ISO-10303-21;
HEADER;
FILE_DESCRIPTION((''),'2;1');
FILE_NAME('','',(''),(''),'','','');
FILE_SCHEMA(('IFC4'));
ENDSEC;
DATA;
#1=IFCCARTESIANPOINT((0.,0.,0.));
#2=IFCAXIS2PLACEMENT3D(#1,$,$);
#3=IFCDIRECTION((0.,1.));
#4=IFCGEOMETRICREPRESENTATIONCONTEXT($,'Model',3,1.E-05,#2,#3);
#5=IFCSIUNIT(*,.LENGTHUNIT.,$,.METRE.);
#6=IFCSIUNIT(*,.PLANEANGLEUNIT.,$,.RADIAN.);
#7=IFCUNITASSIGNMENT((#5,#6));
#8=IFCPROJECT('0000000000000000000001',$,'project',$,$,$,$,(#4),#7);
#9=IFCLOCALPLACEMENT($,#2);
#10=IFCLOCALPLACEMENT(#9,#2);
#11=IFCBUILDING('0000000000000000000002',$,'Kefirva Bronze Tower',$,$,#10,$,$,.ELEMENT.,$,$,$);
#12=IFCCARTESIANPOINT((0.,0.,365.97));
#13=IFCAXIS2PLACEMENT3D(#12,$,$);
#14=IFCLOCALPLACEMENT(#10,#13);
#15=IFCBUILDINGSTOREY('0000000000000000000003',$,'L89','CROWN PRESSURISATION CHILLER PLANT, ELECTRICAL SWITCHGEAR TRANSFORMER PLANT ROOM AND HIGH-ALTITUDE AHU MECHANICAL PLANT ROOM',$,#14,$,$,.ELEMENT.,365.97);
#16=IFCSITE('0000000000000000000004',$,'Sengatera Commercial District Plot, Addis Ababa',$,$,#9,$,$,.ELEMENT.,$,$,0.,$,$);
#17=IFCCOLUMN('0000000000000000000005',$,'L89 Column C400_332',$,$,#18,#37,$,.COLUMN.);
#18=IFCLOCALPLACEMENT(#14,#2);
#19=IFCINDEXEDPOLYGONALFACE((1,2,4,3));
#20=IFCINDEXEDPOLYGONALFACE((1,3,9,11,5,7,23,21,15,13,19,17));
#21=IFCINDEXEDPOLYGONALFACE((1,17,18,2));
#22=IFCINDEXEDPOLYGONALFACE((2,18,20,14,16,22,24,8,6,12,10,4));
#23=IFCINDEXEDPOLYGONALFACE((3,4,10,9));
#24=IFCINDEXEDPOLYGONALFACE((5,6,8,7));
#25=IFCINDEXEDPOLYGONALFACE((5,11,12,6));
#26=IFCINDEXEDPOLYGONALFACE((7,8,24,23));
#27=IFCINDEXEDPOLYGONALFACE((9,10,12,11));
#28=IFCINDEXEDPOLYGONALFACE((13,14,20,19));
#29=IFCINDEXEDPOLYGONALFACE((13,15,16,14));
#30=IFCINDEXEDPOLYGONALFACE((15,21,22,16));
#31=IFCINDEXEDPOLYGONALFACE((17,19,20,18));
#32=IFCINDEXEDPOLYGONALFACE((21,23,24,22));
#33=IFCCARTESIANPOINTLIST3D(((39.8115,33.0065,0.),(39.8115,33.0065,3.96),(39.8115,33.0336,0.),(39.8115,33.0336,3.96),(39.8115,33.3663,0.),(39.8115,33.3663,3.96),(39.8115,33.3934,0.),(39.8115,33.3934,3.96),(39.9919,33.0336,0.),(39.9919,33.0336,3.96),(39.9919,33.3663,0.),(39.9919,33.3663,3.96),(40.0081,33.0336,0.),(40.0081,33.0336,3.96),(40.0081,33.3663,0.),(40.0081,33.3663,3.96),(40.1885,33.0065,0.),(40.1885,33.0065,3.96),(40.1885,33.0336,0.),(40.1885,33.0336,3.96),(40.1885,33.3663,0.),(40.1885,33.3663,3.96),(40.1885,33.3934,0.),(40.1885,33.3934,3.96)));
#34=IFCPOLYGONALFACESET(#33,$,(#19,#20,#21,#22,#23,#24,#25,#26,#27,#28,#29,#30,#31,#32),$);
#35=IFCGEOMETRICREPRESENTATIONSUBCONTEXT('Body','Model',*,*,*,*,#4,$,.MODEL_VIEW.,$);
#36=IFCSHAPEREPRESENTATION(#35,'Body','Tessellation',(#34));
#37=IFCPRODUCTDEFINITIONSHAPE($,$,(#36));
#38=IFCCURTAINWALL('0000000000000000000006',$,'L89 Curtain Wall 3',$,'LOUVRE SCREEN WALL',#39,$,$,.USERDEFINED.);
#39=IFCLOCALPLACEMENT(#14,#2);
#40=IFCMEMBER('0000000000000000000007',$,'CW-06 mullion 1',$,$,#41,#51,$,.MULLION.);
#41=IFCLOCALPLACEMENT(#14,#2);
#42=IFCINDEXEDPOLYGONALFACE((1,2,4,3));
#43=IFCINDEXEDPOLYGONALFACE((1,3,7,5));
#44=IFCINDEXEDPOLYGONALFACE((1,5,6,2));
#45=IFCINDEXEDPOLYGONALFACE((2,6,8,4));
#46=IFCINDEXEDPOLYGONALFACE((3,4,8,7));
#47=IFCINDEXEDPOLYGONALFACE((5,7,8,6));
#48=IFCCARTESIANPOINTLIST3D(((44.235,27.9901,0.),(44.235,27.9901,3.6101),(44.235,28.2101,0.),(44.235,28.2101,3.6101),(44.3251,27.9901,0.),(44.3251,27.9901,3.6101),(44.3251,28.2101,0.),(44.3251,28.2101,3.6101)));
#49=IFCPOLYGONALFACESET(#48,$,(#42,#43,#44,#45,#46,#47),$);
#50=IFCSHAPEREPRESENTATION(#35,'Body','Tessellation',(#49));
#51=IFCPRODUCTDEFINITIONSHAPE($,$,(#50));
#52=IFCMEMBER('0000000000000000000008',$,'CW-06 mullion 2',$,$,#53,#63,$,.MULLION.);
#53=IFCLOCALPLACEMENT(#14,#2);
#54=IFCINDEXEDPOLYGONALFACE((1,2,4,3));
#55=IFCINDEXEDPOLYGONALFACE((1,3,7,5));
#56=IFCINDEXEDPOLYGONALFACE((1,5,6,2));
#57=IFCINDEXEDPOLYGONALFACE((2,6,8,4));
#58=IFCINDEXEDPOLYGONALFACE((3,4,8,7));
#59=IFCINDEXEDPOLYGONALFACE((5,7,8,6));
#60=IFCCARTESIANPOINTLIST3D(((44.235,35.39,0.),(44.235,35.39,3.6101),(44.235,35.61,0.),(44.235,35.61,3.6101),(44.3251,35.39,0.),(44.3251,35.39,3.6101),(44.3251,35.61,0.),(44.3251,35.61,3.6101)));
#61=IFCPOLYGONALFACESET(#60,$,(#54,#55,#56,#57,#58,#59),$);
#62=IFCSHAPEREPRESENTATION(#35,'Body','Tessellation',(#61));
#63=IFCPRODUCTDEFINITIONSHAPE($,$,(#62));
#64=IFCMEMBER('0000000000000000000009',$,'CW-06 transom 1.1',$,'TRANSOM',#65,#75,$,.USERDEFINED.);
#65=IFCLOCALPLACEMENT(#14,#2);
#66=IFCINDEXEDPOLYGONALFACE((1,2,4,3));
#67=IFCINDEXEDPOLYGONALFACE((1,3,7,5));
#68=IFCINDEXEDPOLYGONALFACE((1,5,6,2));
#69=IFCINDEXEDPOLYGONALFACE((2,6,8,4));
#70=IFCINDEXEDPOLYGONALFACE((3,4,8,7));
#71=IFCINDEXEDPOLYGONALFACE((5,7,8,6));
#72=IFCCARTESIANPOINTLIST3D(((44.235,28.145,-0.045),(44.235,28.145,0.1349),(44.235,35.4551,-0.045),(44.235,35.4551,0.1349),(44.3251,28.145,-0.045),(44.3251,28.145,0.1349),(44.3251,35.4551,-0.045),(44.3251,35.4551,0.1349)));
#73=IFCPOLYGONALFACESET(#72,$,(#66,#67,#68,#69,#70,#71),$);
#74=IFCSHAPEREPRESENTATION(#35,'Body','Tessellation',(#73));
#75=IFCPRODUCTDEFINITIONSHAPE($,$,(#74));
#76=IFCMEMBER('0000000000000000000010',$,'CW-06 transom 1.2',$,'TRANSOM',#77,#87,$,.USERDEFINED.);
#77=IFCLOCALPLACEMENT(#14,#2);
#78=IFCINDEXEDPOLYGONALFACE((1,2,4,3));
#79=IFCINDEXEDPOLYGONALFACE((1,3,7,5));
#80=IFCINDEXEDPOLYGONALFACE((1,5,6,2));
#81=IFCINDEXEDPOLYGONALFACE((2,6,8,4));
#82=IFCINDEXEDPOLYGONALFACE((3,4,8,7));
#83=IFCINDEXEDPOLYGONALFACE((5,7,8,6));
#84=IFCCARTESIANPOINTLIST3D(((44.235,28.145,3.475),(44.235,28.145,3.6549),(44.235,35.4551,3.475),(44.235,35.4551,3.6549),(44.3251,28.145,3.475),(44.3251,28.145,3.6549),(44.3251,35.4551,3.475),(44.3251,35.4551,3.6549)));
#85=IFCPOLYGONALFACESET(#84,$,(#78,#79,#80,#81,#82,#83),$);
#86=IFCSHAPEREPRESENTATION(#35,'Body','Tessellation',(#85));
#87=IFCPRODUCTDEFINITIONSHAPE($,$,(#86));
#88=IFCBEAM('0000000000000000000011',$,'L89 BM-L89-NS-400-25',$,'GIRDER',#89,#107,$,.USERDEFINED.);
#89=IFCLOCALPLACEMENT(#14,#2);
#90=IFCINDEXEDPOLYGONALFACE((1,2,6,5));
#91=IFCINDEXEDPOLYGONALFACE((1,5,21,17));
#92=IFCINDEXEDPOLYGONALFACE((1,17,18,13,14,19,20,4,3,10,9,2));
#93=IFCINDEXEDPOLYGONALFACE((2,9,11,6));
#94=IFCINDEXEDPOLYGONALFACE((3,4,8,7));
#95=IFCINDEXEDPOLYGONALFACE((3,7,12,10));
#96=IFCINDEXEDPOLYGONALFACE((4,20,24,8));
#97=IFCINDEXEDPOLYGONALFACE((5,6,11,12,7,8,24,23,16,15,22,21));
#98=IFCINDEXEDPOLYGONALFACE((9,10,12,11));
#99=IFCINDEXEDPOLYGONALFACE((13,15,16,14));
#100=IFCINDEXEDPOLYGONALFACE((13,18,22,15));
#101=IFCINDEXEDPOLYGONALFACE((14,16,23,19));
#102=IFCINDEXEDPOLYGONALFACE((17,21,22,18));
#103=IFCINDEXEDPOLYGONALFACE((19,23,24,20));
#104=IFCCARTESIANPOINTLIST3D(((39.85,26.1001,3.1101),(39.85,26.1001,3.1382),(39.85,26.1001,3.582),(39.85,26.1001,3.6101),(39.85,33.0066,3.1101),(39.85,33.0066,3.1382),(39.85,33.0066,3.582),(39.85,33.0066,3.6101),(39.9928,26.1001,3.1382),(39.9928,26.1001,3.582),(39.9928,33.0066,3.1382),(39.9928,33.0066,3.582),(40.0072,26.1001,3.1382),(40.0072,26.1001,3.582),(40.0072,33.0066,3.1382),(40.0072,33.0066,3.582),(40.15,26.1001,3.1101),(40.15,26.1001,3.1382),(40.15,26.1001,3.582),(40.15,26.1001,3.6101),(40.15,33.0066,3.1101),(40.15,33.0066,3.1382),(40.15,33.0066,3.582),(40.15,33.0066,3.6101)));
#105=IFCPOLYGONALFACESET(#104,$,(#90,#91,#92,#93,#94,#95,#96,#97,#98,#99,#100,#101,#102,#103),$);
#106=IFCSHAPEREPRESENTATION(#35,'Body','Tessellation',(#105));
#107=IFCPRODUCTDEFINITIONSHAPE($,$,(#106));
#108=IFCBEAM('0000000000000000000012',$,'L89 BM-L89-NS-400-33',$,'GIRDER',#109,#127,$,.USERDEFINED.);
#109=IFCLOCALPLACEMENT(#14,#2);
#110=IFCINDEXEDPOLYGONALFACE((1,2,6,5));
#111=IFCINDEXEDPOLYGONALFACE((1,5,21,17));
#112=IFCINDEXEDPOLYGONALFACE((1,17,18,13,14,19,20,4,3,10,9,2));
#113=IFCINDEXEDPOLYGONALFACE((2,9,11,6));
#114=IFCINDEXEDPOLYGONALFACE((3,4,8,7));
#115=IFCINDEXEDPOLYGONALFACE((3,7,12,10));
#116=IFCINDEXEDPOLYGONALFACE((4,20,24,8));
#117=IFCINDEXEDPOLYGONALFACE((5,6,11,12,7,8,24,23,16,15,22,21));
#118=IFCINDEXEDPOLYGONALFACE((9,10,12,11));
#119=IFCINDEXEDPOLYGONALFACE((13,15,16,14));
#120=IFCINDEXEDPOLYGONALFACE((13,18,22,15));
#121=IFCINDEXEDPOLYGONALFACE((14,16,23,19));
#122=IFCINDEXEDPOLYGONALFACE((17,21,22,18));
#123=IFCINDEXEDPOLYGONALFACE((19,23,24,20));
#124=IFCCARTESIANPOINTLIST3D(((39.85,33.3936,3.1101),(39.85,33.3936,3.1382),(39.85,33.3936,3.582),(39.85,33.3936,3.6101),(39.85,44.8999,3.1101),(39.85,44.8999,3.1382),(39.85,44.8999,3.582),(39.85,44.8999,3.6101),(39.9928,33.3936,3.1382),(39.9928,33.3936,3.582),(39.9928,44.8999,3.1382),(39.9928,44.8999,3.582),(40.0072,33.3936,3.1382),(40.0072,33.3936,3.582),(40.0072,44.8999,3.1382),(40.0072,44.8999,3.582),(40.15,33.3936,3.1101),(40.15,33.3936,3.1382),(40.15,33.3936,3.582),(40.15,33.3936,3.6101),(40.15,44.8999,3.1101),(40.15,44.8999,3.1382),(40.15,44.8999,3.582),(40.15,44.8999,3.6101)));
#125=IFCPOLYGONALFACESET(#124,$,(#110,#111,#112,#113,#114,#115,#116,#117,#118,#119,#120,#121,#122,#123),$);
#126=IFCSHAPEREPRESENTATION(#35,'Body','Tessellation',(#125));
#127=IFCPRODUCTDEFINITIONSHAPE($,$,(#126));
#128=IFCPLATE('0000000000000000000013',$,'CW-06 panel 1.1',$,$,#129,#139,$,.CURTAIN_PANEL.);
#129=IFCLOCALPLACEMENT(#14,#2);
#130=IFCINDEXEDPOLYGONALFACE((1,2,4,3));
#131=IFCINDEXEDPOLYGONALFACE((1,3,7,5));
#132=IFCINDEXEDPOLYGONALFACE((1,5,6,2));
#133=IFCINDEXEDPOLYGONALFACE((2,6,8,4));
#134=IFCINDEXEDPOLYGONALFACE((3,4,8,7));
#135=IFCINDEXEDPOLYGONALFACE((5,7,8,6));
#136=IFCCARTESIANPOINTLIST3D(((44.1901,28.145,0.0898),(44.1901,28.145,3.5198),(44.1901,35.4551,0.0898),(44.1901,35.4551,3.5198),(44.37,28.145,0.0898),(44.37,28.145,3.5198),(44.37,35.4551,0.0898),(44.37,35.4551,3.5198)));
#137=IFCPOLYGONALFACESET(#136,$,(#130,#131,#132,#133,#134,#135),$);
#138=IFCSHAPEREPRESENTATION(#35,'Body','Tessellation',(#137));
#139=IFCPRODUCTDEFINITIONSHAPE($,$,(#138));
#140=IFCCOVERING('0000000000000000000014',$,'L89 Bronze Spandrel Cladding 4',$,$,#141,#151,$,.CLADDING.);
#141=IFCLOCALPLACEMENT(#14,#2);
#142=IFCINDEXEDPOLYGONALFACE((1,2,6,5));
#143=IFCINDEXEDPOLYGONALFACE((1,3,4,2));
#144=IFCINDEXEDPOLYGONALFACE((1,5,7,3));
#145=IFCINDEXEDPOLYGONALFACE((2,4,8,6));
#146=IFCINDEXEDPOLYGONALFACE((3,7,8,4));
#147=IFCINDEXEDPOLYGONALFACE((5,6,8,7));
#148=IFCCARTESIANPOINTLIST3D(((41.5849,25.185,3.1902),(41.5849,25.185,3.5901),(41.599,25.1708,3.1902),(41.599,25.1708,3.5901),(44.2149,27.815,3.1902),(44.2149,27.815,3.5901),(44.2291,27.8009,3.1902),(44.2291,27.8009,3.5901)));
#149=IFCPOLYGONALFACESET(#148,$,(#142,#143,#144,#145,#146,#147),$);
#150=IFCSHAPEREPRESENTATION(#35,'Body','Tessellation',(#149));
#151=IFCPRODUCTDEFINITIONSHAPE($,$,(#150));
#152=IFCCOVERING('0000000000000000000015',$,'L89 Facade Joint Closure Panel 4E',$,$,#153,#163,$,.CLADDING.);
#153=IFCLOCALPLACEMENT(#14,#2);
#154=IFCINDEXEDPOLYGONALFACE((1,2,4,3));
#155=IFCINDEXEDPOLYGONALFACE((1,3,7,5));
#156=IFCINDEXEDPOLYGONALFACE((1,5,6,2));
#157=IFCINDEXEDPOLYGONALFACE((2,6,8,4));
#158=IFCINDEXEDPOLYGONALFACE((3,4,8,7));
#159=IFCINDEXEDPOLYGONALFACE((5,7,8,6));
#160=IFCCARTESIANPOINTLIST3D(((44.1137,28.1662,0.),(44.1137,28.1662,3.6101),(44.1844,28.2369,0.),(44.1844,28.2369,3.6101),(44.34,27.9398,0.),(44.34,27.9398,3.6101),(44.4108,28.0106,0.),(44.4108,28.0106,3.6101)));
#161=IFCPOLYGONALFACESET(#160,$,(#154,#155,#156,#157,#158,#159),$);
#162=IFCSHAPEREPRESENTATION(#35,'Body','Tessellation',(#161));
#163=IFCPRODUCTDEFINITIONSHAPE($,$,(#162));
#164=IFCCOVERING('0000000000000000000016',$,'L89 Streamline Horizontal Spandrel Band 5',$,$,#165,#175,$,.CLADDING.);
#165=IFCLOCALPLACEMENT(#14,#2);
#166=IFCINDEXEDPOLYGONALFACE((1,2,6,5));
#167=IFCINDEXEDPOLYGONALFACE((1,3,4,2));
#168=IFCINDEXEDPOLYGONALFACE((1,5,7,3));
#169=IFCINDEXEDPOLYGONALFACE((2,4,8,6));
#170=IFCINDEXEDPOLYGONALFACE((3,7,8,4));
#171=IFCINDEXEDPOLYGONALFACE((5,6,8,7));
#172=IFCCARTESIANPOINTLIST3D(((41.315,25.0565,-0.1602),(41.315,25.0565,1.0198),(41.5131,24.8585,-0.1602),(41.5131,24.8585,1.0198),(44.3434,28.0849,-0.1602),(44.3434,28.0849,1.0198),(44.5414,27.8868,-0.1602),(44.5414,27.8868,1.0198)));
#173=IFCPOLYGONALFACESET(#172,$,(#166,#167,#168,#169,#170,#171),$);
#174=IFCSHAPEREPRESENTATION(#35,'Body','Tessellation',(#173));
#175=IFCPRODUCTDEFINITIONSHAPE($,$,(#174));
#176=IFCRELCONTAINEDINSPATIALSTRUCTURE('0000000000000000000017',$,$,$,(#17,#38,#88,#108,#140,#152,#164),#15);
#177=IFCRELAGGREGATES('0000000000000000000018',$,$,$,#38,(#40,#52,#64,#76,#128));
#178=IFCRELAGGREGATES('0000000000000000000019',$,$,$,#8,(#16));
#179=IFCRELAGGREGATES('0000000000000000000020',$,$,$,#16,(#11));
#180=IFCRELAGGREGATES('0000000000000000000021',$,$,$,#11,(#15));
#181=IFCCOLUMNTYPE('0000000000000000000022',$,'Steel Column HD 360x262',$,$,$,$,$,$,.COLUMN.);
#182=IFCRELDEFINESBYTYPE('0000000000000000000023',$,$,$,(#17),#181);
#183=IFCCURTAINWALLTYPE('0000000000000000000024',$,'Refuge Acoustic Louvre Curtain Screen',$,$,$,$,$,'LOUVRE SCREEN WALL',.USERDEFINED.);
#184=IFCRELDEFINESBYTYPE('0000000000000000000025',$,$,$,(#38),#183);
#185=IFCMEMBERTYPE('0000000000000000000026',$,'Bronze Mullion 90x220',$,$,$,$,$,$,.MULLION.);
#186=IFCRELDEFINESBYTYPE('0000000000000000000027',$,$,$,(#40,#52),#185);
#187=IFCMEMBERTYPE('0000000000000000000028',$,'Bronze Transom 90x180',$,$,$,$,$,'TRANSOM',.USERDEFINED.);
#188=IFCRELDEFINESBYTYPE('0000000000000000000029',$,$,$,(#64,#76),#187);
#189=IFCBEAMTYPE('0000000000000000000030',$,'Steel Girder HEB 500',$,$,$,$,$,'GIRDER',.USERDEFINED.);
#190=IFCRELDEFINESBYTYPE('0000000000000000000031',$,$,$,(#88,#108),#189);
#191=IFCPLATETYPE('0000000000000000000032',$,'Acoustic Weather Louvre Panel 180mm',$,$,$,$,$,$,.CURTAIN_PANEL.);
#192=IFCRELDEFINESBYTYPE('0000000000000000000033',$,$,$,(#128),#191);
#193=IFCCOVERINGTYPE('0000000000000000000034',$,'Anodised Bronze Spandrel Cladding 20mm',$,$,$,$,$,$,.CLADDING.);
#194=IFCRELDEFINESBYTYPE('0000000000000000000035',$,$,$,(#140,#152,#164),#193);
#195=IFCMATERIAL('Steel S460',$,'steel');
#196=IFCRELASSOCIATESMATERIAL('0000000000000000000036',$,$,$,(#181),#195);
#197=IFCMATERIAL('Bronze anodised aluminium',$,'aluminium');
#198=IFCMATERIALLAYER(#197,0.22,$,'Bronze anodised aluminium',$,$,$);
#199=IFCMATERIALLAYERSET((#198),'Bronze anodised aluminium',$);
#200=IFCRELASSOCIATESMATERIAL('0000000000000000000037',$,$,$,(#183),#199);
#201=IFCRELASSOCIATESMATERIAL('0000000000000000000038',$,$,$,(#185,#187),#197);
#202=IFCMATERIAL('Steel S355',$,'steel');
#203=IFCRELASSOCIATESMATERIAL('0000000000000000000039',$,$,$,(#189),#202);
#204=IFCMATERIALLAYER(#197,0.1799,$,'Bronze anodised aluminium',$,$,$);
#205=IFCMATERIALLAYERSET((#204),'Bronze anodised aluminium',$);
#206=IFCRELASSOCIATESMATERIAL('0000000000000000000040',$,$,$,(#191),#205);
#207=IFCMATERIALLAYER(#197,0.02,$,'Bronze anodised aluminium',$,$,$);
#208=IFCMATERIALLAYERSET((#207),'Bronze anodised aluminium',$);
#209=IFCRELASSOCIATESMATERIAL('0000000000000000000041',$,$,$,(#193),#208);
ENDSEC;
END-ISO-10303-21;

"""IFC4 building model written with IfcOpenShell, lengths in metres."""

from ifc_helpers import new_model, si_unit, direction, frame, origin, origin_2d, place, context, subcontext, project, spatial, rectangle, i_section, extrude, material, layer, layer_set, material_profile, profile_set, type_object, element, aggregate, save


model = new_model("IFC4")

# Units and contexts
model_context = context("Model", 3, precision=1e-05, world=origin(), true_north=direction((0.0, 1.0)))
body_context = subcontext(model_context, "Body", "Model", "MODEL_VIEW")
ifc_project = project(units=[si_unit("LENGTHUNIT", "METRE"), si_unit("PLANEANGLEUNIT", "RADIAN")], contexts=[model_context])

# Site, building, storey
site_placement = place(None, origin())
site = spatial("IfcSite", under=ifc_project, at=site_placement, Name="Sengatera Commercial District Plot, Addis Ababa", CompositionType="ELEMENT", RefElevation=0.0)
building_placement = place(site_placement, origin())
building = spatial("IfcBuilding", under=site, at=building_placement, Name="Kefirva Bronze Tower", CompositionType="ELEMENT")
storey_placement = place(building_placement, frame((0.0, 0.0, 365.97)))
storey = spatial("IfcBuildingStorey", under=building, at=storey_placement, Name="L89", Description="CROWN PRESSURISATION CHILLER PLANT, ELECTRICAL SWITCHGEAR TRANSFORMER PLANT ROOM AND HIGH-ALTITUDE AHU MECHANICAL PLANT ROOM", CompositionType="ELEMENT", Elevation=365.97)

# Column
ifc_material_1 = material(Name="Steel S460", Category="steel")
ifc_material_profile_1 = material_profile(ifc_material_1, i_section(OverallWidth=0.377, OverallDepth=0.387, WebThickness=0.0161, FlangeThickness=0.0271, at=origin_2d()), Name="HD 360x262")
ifc_profile_set_1 = profile_set([ifc_material_profile_1], Name="Steel S460")
column_type = type_object("IfcColumnType", Name="Steel Column HD 360x262", PredefinedType="COLUMN", material=ifc_profile_set_1)
column_placement = place(storey_placement, frame((40.0, 33.2, 0.0), z_axis=(0.0, 0.0, 1.0), x_axis=(1.0, 0.0, 0.0)))
element("IfcColumn", 1, at=column_placement, inside=storey, type_object=column_type, Name="L89 Column C400_332", PredefinedType="COLUMN", context=body_context, shape_type="SweptSolid", body=[
    extrude(i_section(OverallWidth=0.377, OverallDepth=0.387, WebThickness=0.0161, FlangeThickness=0.0271, at=origin_2d()), origin(), (0.0, 0.0, 1.0), 3.96),
])

# Curtain wall, members
ifc_material_2 = material(Name="Bronze anodised aluminium", Category="aluminium")
ifc_layer_1 = layer(ifc_material_2, 0.22, Name="Bronze anodised aluminium")
ifc_layer_set_1 = layer_set([ifc_layer_1], Name="Bronze anodised aluminium")
curtain_wall_type = type_object("IfcCurtainWallType", Name="Refuge Acoustic Louvre Curtain Screen", ElementType="LOUVRE SCREEN WALL", PredefinedType="USERDEFINED", material=ifc_layer_set_1)
curtain_wall_placement = place(storey_placement, origin())
curtain_wall = element("IfcCurtainWall", 2, at=curtain_wall_placement, inside=storey, type_object=curtain_wall_type, Name="L89 Curtain Wall 3", ObjectType="LOUVRE SCREEN WALL", PredefinedType="USERDEFINED")
ifc_material_profile_2 = material_profile(ifc_material_2, rectangle(XDim=0.0901, YDim=0.22, at=origin_2d()), Name="ALU 90x220")
ifc_profile_set_2 = profile_set([ifc_material_profile_2], Name="Bronze anodised aluminium")
member_type_1 = type_object("IfcMemberType", Name="Bronze Mullion 90x220", PredefinedType="MULLION", material=ifc_profile_set_2)
member_1_placement = place(storey_placement, frame((44.28, 28.1001, 0.0), z_axis=(0.0, 0.0, 1.0), x_axis=(-1.0, 0.0, 0.0)))
member_1 = element("IfcMember", 3, at=member_1_placement, type_object=member_type_1, Name="CW-06 mullion 1", PredefinedType="MULLION", context=body_context, shape_type="SweptSolid", body=[
    extrude(rectangle(XDim=0.0901, YDim=0.22, at=origin_2d()), origin(), (0.0, 0.0, 1.0), 3.6101),
])
member_2_placement = place(storey_placement, frame((44.28, 35.5, 0.0), z_axis=(0.0, 0.0, 1.0), x_axis=(-1.0, 0.0, 0.0)))
member_2 = element("IfcMember", 4, at=member_2_placement, type_object=member_type_1, Name="CW-06 mullion 2", PredefinedType="MULLION", context=body_context, shape_type="SweptSolid", body=[
    extrude(rectangle(XDim=0.0901, YDim=0.22, at=origin_2d()), origin(), (0.0, 0.0, 1.0), 3.6101),
])
ifc_material_profile_3 = material_profile(ifc_material_2, rectangle(XDim=0.0901, YDim=0.1799, at=origin_2d()), Name="ALU 90x180")
ifc_profile_set_3 = profile_set([ifc_material_profile_3], Name="Bronze anodised aluminium")
member_type_2 = type_object("IfcMemberType", Name="Bronze Transom 90x180", ElementType="TRANSOM", PredefinedType="USERDEFINED", material=ifc_profile_set_3)
member_3_placement = place(storey_placement, frame((44.28, 28.145, 0.0449), z_axis=(0.0, 1.0, 0.0), x_axis=(-1.0, 0.0, 0.0)))
member_3 = element("IfcMember", 5, at=member_3_placement, type_object=member_type_2, Name="CW-06 transom 1.1", ObjectType="TRANSOM", PredefinedType="USERDEFINED", context=body_context, shape_type="SweptSolid", body=[
    extrude(rectangle(XDim=0.0901, YDim=0.1799, at=origin_2d()), origin(), (0.0, 0.0, 1.0), 7.3101),
])
member_4_placement = place(storey_placement, frame((44.28, 28.145, 3.5649), z_axis=(0.0, 1.0, 0.0), x_axis=(-1.0, 0.0, 0.0)))
member_4 = element("IfcMember", 6, at=member_4_placement, type_object=member_type_2, Name="CW-06 transom 1.2", ObjectType="TRANSOM", PredefinedType="USERDEFINED", context=body_context, shape_type="SweptSolid", body=[
    extrude(rectangle(XDim=0.0901, YDim=0.1799, at=origin_2d()), origin(), (0.0, 0.0, 1.0), 7.3101),
])

# Beams
ifc_material_3 = material(Name="Steel S355", Category="steel")
ifc_material_profile_4 = material_profile(ifc_material_3, i_section(OverallWidth=0.3, OverallDepth=0.5, WebThickness=0.0144, FlangeThickness=0.0281, at=origin_2d()), Name="HEB 500")
ifc_profile_set_4 = profile_set([ifc_material_profile_4], Name="Steel S355")
beam_type = type_object("IfcBeamType", Name="Steel Girder HEB 500", ElementType="GIRDER", PredefinedType="USERDEFINED", material=ifc_profile_set_4)
beam_1_placement = place(storey_placement, frame((40.0, 26.1001, 3.3601), z_axis=(0.0, 1.0, 0.0), x_axis=(-1.0, 0.0, 0.0)))
element("IfcBeam", 7, at=beam_1_placement, inside=storey, type_object=beam_type, Name="L89 BM-L89-NS-400-25", ObjectType="GIRDER", PredefinedType="USERDEFINED", context=body_context, shape_type="SweptSolid", body=[
    extrude(i_section(OverallWidth=0.3, OverallDepth=0.5, WebThickness=0.0144, FlangeThickness=0.0281, at=origin_2d()), origin(), (0.0, 0.0, 1.0), 6.9065),
])
beam_2_placement = place(storey_placement, frame((40.0, 33.3936, 3.3601), z_axis=(0.0, 1.0, 0.0), x_axis=(-1.0, 0.0, 0.0)))
element("IfcBeam", 8, at=beam_2_placement, inside=storey, type_object=beam_type, Name="L89 BM-L89-NS-400-33", ObjectType="GIRDER", PredefinedType="USERDEFINED", context=body_context, shape_type="SweptSolid", body=[
    extrude(i_section(OverallWidth=0.3, OverallDepth=0.5, WebThickness=0.0144, FlangeThickness=0.0281, at=origin_2d()), origin(), (0.0, 0.0, 1.0), 11.5063),
])

# Plate
ifc_layer_2 = layer(ifc_material_2, 0.1799, Name="Bronze anodised aluminium")
ifc_layer_set_2 = layer_set([ifc_layer_2], Name="Bronze anodised aluminium")
plate_type = type_object("IfcPlateType", Name="Acoustic Weather Louvre Panel 180mm", PredefinedType="CURTAIN_PANEL", material=ifc_layer_set_2)
plate_placement = place(storey_placement, frame((44.28, 31.8, 0.0898), z_axis=(0.0, 0.0, 1.0), x_axis=(0.0, 1.0, 0.0)))
plate = element("IfcPlate", 9, at=plate_placement, type_object=plate_type, Name="CW-06 panel 1.1", PredefinedType="CURTAIN_PANEL", context=body_context, shape_type="SweptSolid", body=[
    extrude(rectangle(XDim=7.3101, YDim=0.1799, at=origin_2d()), origin(), (0.0, 0.0, 1.0), 3.4299),
])
aggregate(curtain_wall, [member_1, member_2, member_3, member_4, plate])

# Coverings
ifc_layer_3 = layer(ifc_material_2, 0.02, Name="Bronze anodised aluminium")
ifc_layer_set_3 = layer_set([ifc_layer_3], Name="Bronze anodised aluminium")
covering_type_1 = type_object("IfcCoveringType", Name="Anodised Bronze Spandrel Cladding 20mm", PredefinedType="CLADDING", material=ifc_layer_set_3)
covering_1_placement = place(storey_placement, frame((42.907, 26.4929, 3.1902), z_axis=(0.0, 0.0, 1.0), x_axis=(0.707107, 0.707107, 0.0)))
element("IfcCovering", 10, at=covering_1_placement, inside=storey, type_object=covering_type_1, Name="L89 Bronze Spandrel Cladding 4", PredefinedType="CLADDING", context=body_context, shape_type="SweptSolid", body=[
    extrude(rectangle(XDim=3.7195, YDim=0.02, at=origin_2d()), origin(), (0.0, 0.0, 1.0), 0.3999),
])
covering_2_placement = place(storey_placement, frame((44.2622, 28.0884, 0.0), z_axis=(0.0, 0.0, 1.0), x_axis=(0.707107, 0.707107, 0.0)))
element("IfcCovering", 11, at=covering_2_placement, inside=storey, type_object=covering_type_1, Name="L89 Facade Joint Closure Panel 4E", PredefinedType="CLADDING", context=body_context, shape_type="SweptSolid", body=[
    extrude(rectangle(XDim=0.1001, YDim=0.3201, at=origin_2d()), origin(), (0.0, 0.0, 1.0), 3.6101),
])
covering_3_placement = place(storey_placement, frame((42.9282, 26.4717, -0.1602), z_axis=(0.0, 0.0, 1.0), x_axis=(0.707107, 0.707107, 0.0)))
element("IfcCovering", 12, at=covering_3_placement, inside=storey, type_object=covering_type_1, Name="L89 Streamline Horizontal Spandrel Band 5", PredefinedType="CLADDING", context=body_context, shape_type="SweptSolid", body=[
    extrude(rectangle(XDim=4.2827, YDim=0.28, at=origin_2d()), origin(), (0.0, 0.0, 1.0), 1.1799),
])

save(model, "model.ifc")
